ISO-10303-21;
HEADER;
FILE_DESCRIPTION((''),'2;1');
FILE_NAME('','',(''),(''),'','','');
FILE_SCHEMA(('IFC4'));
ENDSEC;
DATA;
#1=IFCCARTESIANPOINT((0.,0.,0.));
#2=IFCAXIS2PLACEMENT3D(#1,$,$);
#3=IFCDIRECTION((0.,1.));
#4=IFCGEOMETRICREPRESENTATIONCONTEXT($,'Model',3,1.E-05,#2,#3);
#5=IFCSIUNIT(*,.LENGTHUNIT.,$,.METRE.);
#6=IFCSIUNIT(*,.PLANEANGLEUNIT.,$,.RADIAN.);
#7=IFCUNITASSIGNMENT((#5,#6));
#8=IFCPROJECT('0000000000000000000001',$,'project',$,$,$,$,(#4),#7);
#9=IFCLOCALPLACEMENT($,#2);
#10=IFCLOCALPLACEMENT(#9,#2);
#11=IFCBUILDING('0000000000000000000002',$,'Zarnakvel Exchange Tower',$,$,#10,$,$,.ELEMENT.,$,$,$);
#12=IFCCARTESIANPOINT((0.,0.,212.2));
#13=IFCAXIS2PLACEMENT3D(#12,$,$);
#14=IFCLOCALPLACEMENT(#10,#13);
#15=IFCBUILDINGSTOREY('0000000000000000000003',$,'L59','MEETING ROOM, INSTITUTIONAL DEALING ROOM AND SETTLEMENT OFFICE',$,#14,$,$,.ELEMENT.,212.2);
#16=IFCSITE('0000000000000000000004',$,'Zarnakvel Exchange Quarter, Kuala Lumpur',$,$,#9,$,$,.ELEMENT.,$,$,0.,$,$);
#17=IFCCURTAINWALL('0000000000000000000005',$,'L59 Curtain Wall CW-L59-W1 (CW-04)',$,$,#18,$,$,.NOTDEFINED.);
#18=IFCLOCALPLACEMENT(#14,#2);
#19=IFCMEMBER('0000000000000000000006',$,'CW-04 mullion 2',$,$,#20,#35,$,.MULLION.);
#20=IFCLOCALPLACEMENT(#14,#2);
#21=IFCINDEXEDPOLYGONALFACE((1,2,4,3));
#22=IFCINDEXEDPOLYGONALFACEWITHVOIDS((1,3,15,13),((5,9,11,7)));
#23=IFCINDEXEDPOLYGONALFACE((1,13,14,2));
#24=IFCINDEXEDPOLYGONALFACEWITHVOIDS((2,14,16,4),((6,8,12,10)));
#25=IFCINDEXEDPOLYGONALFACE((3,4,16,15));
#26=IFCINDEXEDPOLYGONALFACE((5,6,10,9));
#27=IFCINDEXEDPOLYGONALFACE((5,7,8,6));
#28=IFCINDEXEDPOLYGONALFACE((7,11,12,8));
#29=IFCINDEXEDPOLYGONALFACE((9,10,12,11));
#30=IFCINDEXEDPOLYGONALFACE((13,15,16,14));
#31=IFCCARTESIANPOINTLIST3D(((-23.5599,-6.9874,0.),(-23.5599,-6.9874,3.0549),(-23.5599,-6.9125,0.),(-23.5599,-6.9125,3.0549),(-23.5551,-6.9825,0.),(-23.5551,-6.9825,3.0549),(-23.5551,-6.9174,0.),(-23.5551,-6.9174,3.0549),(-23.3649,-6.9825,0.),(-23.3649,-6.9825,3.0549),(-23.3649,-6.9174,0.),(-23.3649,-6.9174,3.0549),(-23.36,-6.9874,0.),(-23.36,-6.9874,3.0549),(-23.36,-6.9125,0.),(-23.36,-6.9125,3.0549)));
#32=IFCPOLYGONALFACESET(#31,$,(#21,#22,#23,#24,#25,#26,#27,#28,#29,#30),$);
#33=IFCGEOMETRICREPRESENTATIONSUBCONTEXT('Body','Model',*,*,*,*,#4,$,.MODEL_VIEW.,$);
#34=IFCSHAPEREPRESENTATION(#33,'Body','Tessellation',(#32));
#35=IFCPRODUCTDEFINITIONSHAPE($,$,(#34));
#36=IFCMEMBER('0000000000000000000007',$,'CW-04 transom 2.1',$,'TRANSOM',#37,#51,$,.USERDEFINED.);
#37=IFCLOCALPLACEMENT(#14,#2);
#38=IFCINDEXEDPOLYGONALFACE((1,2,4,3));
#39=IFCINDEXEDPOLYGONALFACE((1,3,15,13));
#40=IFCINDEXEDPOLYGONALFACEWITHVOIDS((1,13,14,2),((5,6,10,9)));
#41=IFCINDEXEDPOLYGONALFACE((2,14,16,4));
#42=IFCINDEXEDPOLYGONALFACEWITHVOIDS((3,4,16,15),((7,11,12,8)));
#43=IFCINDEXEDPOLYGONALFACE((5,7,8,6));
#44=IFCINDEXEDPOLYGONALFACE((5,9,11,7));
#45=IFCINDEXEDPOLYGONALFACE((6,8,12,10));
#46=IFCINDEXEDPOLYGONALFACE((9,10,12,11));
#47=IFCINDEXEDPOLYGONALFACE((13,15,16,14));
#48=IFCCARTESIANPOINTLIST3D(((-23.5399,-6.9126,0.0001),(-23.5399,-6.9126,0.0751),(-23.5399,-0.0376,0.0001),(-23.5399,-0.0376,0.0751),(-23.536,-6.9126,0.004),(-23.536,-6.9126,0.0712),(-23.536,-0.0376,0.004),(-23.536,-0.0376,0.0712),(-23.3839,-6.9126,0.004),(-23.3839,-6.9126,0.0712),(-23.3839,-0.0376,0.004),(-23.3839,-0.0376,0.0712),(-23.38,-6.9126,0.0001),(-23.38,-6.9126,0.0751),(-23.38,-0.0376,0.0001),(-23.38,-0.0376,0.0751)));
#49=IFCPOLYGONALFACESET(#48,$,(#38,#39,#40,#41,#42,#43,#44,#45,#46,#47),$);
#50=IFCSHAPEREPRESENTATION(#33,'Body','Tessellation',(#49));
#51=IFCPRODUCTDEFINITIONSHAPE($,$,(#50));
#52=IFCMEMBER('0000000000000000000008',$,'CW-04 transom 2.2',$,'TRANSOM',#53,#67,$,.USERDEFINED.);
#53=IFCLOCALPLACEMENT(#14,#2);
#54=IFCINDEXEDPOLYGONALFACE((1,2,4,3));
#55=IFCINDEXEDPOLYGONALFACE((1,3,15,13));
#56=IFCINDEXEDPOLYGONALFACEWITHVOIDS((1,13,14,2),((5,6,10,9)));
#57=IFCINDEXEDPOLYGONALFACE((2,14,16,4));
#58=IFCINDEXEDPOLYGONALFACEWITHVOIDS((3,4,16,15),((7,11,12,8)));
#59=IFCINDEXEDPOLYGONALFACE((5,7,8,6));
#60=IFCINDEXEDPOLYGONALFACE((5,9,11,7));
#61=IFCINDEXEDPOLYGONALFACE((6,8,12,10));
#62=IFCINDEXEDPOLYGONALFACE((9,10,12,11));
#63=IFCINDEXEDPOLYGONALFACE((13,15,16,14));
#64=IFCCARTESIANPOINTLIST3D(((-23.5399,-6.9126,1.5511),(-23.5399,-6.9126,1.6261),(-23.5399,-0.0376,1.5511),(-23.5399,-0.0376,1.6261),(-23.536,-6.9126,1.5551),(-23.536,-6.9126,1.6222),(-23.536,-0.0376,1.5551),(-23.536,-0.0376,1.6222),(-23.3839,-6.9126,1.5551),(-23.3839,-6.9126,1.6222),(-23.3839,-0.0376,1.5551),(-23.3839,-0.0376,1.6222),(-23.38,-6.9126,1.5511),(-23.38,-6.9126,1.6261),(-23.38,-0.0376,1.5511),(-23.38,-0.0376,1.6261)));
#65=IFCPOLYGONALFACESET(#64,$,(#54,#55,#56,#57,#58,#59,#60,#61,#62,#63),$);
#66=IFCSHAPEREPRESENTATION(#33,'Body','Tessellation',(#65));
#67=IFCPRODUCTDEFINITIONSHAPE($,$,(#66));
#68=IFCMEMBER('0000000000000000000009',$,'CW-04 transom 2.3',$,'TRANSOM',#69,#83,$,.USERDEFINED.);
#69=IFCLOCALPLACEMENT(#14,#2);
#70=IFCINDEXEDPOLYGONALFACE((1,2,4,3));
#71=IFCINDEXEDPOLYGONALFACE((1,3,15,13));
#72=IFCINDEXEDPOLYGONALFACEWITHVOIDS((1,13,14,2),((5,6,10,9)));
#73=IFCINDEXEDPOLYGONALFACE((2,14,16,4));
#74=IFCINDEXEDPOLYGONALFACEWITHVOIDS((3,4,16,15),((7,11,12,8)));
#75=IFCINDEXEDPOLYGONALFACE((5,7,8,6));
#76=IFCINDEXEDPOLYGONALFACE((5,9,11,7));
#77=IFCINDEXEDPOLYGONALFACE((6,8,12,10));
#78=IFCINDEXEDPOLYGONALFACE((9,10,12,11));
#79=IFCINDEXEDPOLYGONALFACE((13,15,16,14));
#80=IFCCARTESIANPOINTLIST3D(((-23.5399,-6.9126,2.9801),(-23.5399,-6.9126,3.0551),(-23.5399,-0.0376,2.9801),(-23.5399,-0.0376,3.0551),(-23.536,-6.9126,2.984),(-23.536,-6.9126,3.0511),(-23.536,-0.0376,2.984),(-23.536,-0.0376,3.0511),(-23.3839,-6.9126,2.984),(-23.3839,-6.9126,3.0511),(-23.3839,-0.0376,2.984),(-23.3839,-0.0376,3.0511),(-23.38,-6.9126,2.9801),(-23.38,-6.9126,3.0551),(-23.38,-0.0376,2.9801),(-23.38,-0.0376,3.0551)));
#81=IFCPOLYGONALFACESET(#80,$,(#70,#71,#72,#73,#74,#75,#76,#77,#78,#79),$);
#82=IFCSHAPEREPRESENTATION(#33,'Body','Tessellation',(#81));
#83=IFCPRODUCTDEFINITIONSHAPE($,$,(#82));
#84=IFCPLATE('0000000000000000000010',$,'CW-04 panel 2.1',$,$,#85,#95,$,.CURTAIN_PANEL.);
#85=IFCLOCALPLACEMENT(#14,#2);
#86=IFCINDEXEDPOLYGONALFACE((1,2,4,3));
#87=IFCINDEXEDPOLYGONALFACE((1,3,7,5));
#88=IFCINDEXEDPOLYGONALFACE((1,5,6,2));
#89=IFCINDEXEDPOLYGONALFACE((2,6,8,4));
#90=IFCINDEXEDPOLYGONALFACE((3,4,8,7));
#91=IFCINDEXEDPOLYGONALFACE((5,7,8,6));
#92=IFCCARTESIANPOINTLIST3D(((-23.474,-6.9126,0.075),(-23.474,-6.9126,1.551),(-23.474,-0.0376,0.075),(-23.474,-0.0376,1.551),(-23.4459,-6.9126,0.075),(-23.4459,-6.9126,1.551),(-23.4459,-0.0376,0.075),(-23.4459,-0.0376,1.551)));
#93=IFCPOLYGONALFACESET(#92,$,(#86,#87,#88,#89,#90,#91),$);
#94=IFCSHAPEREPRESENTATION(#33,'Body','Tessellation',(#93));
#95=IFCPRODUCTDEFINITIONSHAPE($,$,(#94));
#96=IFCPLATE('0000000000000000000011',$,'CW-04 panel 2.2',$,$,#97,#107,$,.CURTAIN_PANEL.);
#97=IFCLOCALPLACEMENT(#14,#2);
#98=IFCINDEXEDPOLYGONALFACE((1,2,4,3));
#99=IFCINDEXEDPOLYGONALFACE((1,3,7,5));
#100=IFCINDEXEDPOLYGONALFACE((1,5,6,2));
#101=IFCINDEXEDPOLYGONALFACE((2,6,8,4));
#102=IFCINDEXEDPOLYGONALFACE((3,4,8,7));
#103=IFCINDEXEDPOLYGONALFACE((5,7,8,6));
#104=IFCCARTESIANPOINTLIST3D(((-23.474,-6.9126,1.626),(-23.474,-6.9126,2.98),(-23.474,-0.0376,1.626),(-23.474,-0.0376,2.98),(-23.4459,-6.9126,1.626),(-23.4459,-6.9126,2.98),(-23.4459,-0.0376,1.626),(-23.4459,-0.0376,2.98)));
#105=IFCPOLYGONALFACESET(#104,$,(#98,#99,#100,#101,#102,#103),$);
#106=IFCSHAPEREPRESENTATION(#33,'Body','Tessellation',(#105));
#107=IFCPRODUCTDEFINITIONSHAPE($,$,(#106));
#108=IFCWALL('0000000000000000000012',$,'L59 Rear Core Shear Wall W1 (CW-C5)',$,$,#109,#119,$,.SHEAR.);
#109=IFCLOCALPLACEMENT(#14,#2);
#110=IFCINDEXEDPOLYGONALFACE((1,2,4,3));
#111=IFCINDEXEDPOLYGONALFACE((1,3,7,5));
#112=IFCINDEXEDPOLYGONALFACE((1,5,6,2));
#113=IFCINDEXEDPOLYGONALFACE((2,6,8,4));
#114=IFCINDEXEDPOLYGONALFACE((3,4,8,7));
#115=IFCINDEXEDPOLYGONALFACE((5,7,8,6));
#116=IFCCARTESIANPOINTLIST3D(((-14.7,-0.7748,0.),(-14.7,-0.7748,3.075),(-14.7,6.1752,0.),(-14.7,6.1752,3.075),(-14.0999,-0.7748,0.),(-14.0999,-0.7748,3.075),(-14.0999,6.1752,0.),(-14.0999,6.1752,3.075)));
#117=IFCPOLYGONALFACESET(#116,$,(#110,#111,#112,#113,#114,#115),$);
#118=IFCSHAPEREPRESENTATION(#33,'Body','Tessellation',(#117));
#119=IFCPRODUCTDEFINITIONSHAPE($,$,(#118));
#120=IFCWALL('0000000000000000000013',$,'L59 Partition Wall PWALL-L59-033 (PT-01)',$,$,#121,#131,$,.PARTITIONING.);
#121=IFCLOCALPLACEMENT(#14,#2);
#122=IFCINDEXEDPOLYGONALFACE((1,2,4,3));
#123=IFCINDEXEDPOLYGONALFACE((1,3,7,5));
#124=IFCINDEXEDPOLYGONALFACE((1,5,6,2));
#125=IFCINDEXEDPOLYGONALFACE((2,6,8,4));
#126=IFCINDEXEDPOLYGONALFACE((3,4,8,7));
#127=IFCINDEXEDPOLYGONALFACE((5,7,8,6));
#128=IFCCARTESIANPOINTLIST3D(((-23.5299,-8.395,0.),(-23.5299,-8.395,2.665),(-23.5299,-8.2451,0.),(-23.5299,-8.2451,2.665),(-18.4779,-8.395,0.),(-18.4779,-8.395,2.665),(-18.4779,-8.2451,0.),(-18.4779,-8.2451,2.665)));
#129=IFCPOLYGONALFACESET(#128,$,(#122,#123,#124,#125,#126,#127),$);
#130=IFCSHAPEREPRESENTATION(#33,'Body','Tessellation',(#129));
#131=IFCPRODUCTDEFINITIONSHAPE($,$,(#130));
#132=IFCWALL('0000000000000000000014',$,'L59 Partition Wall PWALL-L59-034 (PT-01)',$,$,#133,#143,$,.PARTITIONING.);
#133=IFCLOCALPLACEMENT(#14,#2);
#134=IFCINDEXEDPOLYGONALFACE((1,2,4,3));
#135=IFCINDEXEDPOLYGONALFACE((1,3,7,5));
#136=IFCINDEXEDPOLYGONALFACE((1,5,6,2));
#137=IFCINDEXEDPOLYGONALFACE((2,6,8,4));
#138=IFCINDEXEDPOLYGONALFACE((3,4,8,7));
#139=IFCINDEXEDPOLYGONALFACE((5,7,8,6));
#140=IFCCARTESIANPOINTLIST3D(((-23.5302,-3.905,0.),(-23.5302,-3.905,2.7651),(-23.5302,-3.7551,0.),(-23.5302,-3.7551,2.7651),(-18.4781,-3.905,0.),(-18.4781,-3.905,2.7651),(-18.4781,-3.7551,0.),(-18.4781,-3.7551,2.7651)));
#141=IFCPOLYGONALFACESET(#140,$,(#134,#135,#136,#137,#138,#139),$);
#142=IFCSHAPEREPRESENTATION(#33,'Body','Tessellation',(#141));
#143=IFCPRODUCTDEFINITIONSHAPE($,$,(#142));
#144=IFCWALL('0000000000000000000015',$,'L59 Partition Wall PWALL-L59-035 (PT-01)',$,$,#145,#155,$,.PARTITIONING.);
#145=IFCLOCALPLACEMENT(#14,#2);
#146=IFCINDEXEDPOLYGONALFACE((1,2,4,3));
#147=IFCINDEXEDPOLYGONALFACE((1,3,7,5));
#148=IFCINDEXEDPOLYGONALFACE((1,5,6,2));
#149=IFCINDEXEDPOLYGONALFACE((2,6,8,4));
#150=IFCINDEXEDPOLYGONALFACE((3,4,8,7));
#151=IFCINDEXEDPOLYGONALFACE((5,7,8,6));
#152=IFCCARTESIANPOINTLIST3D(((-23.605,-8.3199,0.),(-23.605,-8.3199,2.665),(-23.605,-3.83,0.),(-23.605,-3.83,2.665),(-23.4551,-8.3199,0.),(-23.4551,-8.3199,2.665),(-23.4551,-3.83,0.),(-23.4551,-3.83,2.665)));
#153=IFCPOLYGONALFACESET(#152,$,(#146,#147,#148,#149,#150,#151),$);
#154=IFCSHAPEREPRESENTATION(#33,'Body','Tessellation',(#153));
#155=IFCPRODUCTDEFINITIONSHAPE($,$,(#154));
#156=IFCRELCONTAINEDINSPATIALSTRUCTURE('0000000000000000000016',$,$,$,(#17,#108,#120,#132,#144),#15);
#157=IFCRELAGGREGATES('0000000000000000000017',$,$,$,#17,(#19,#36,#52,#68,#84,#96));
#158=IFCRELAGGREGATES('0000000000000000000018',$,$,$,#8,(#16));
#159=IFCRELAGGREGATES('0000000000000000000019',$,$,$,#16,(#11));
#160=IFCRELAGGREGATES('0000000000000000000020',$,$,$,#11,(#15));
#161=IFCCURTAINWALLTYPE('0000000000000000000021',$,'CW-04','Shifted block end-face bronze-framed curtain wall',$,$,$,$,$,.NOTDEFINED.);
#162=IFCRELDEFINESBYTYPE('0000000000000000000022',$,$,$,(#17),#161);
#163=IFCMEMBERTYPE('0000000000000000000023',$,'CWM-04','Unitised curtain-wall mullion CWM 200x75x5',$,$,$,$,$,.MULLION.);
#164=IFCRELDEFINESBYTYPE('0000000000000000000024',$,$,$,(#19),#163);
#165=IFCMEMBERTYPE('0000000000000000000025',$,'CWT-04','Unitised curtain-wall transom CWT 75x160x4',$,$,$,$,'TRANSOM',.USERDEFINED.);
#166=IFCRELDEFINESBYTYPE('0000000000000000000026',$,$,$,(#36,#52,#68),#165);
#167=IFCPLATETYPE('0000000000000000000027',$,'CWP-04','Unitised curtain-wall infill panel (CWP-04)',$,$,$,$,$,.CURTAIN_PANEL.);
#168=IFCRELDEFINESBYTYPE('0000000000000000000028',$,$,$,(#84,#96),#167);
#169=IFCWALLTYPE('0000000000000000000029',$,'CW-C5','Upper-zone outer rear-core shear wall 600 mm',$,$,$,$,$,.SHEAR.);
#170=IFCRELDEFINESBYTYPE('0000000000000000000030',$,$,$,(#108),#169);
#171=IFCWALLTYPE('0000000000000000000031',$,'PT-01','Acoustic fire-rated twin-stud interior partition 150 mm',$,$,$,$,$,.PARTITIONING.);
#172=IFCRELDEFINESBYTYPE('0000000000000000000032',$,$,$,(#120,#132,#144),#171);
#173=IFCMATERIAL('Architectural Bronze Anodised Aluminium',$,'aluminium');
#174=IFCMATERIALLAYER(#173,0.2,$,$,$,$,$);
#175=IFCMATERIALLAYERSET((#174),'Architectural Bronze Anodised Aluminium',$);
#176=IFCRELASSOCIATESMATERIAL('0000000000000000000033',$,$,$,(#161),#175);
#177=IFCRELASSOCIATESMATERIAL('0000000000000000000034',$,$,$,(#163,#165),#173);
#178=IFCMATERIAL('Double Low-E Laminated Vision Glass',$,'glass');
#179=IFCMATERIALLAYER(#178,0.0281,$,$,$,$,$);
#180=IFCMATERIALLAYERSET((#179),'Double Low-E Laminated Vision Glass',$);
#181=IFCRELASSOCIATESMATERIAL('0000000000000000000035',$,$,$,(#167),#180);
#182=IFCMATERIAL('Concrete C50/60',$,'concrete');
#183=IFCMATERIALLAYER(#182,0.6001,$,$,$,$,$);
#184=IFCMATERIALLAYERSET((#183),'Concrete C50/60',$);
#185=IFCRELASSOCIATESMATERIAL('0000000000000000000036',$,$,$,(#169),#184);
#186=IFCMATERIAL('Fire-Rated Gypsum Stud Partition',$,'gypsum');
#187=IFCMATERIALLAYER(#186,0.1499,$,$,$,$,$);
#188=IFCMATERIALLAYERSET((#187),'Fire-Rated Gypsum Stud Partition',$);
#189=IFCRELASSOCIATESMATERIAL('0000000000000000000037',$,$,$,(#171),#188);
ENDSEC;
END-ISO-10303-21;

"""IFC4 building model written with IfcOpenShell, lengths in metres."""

from ifc_helpers import new_model, si_unit, direction, frame, frame_2d, origin, origin_2d, place, context, subcontext, project, spatial, rectangle, hollow_rectangle, extrude, source, transform, mapped, material, layer, layer_set, material_profile, profile_set, type_object, element, aggregate, save


model = new_model("IFC4")

# Units and contexts
model_context = context("Model", 3, precision=1e-05, world=origin(), true_north=direction((0.0, 1.0)))
body_context = subcontext(model_context, "Body", "Model", "MODEL_VIEW")
ifc_project = project(units=[si_unit("LENGTHUNIT", "METRE"), si_unit("PLANEANGLEUNIT", "RADIAN")], contexts=[model_context])

# Site, building, storey
site_placement = place(None, origin())
site = spatial("IfcSite", under=ifc_project, at=site_placement, Name="Zarnakvel Exchange Quarter, Kuala Lumpur", CompositionType="ELEMENT", RefElevation=0.0)
building_placement = place(site_placement, origin())
building = spatial("IfcBuilding", under=site, at=building_placement, Name="Zarnakvel Exchange Tower", CompositionType="ELEMENT")
storey_placement = place(building_placement, frame((0.0, 0.0, 212.2)))
storey = spatial("IfcBuildingStorey", under=building, at=storey_placement, Name="L59", Description="MEETING ROOM, INSTITUTIONAL DEALING ROOM AND SETTLEMENT OFFICE", CompositionType="ELEMENT", Elevation=212.2)

# Shared definitions
ifc_material_1 = material(Name="Concrete C50/60", Category="concrete")

# Curtain wall, members, plates
ifc_material_2 = material(Name="Architectural Bronze Anodised Aluminium", Category="aluminium")
ifc_layer_1 = layer(ifc_material_2, 0.2)
ifc_layer_set_1 = layer_set([ifc_layer_1], Name="Architectural Bronze Anodised Aluminium")
curtain_wall_type = type_object("IfcCurtainWallType", Name="CW-04", Description="Shifted block end-face bronze-framed curtain wall", PredefinedType="NOTDEFINED", material=ifc_layer_set_1)
curtain_wall_placement = place(storey_placement, origin())
curtain_wall = element("IfcCurtainWall", 1, at=curtain_wall_placement, inside=storey, type_object=curtain_wall_type, Name="L59 Curtain Wall CW-L59-W1 (CW-04)", PredefinedType="NOTDEFINED")
ifc_material_profile_1 = material_profile(ifc_material_2, hollow_rectangle(XDim=0.2, YDim=0.075, WallThickness=0.0049, at=origin_2d()))
ifc_profile_set_1 = profile_set([ifc_material_profile_1], Name="Architectural Bronze Anodised Aluminium")
member_type_1 = type_object("IfcMemberType", Name="CWM-04", Description="Unitised curtain-wall mullion CWM 200x75x5", PredefinedType="MULLION", material=ifc_profile_set_1)
shared_shape_1 = source(origin(), body_context, "Body", "SweptSolid", [
    extrude(hollow_rectangle(XDim=0.2, YDim=0.075, WallThickness=0.0049, at=origin_2d()), origin(), (0.0, 0.0, 1.0), 3.0549),
])
member_1_placement = place(storey_placement, frame((-23.46, -6.95, 0.0), z_axis=(0.0, 0.0, 1.0), x_axis=(-1.0, 0.0, 0.0)))
member_1 = element("IfcMember", 2, at=member_1_placement, type_object=member_type_1, Name="CW-04 mullion 2", PredefinedType="MULLION", context=body_context, shape_type="MappedRepresentation", body=[
    mapped(shared_shape_1, transform((0.0, 0.0, 0.0), x_axis=(1.0, 0.0, 0.0), y_axis=(0.0, 1.0, 0.0), z_axis=(0.0, 0.0, 1.0), scale=1.0)),
])
ifc_material_profile_2 = material_profile(ifc_material_2, hollow_rectangle(XDim=0.1599, YDim=0.075, WallThickness=0.0039, at=origin_2d()))
ifc_profile_set_2 = profile_set([ifc_material_profile_2], Name="Architectural Bronze Anodised Aluminium")
member_type_2 = type_object("IfcMemberType", Name="CWT-04", Description="Unitised curtain-wall transom CWT 75x160x4", ElementType="TRANSOM", PredefinedType="USERDEFINED", material=ifc_profile_set_2)
shared_shape_2 = source(origin(), body_context, "Body", "SweptSolid", [
    extrude(hollow_rectangle(XDim=0.1599, YDim=0.075, WallThickness=0.0039, at=origin_2d()), origin(), (0.0, 0.0, 1.0), 6.875),
])
member_2_placement = place(storey_placement, frame((-23.46, -6.9126, 0.0376), z_axis=(0.0, 1.0, 0.0), x_axis=(-1.0, 0.0, 0.0)))
member_2 = element("IfcMember", 3, at=member_2_placement, type_object=member_type_2, Name="CW-04 transom 2.1", ObjectType="TRANSOM", PredefinedType="USERDEFINED", context=body_context, shape_type="MappedRepresentation", body=[
    mapped(shared_shape_2, transform((0.0, 0.0, 0.0), x_axis=(1.0, 0.0, 0.0), y_axis=(0.0, 1.0, 0.0), z_axis=(0.0, 0.0, 1.0), scale=1.0)),
])
member_3_placement = place(storey_placement, frame((-23.46, -6.9126, 1.5886), z_axis=(0.0, 1.0, 0.0), x_axis=(-1.0, 0.0, 0.0)))
member_3 = element("IfcMember", 4, at=member_3_placement, type_object=member_type_2, Name="CW-04 transom 2.2", ObjectType="TRANSOM", PredefinedType="USERDEFINED", context=body_context, shape_type="MappedRepresentation", body=[
    mapped(shared_shape_2, transform((0.0, 0.0, 0.0), x_axis=(1.0, 0.0, 0.0), y_axis=(0.0, 1.0, 0.0), z_axis=(0.0, 0.0, 1.0), scale=1.0)),
])
member_4_placement = place(storey_placement, frame((-23.46, -6.9126, 3.0176), z_axis=(0.0, 1.0, 0.0), x_axis=(-1.0, 0.0, 0.0)))
member_4 = element("IfcMember", 5, at=member_4_placement, type_object=member_type_2, Name="CW-04 transom 2.3", ObjectType="TRANSOM", PredefinedType="USERDEFINED", context=body_context, shape_type="MappedRepresentation", body=[
    mapped(shared_shape_2, transform((0.0, 0.0, 0.0), x_axis=(1.0, 0.0, 0.0), y_axis=(0.0, 1.0, 0.0), z_axis=(0.0, 0.0, 1.0), scale=1.0)),
])
ifc_material_3 = material(Name="Double Low-E Laminated Vision Glass", Category="glass")
ifc_layer_2 = layer(ifc_material_3, 0.0281)
ifc_layer_set_2 = layer_set([ifc_layer_2], Name="Double Low-E Laminated Vision Glass")
plate_type = type_object("IfcPlateType", Name="CWP-04", Description="Unitised curtain-wall infill panel (CWP-04)", PredefinedType="CURTAIN_PANEL", material=ifc_layer_set_2)
shared_shape_3 = source(origin(), body_context, "Body", "SweptSolid", [
    extrude(rectangle(XDim=6.875, YDim=0.0281, at=origin_2d()), origin(), (0.0, 0.0, 1.0), 1.4761),
])
plate_1_placement = place(storey_placement, frame((-23.46, -3.4751, 0.075), z_axis=(0.0, 0.0, 1.0), x_axis=(0.0, 1.0, 0.0)))
plate_1 = element("IfcPlate", 6, at=plate_1_placement, type_object=plate_type, Name="CW-04 panel 2.1", PredefinedType="CURTAIN_PANEL", context=body_context, shape_type="MappedRepresentation", body=[
    mapped(shared_shape_3, transform((0.0, 0.0, 0.0), x_axis=(1.0, 0.0, 0.0), y_axis=(0.0, 1.0, 0.0), z_axis=(0.0, 0.0, 1.0), scale=1.0)),
])
shared_shape_4 = source(origin(), body_context, "Body", "SweptSolid", [
    extrude(rectangle(XDim=6.875, YDim=0.0281, at=origin_2d()), origin(), (0.0, 0.0, 1.0), 1.354),
])
plate_2_placement = place(storey_placement, frame((-23.46, -3.4751, 1.626), z_axis=(0.0, 0.0, 1.0), x_axis=(0.0, 1.0, 0.0)))
plate_2 = element("IfcPlate", 7, at=plate_2_placement, type_object=plate_type, Name="CW-04 panel 2.2", PredefinedType="CURTAIN_PANEL", context=body_context, shape_type="MappedRepresentation", body=[
    mapped(shared_shape_4, transform((0.0, 0.0, 0.0), x_axis=(1.0, 0.0, 0.0), y_axis=(0.0, 1.0, 0.0), z_axis=(0.0, 0.0, 1.0), scale=1.0)),
])
aggregate(curtain_wall, [member_1, member_2, member_3, member_4, plate_1, plate_2])

# Walls
ifc_layer_3 = layer(ifc_material_1, 0.6001)
ifc_layer_set_3 = layer_set([ifc_layer_3], Name="Concrete C50/60")
wall_type_1 = type_object("IfcWallType", Name="CW-C5", Description="Upper-zone outer rear-core shear wall 600 mm", PredefinedType="SHEAR", material=ifc_layer_set_3)
wall_1_placement = place(storey_placement, frame((-14.3999, -0.7749, 0.0), z_axis=(0.0, 0.0, 1.0), x_axis=(0.0, 1.0, 0.0)))
element("IfcWall", 8, at=wall_1_placement, inside=storey, type_object=wall_type_1, Name="L59 Rear Core Shear Wall W1 (CW-C5)", PredefinedType="SHEAR", context=body_context, shape_type="SweptSolid", body=[
    extrude(rectangle(XDim=6.95, YDim=0.6001, at=frame_2d((3.4751, 0.0))), origin(), (0.0, 0.0, 1.0), 3.075),
])
ifc_material_4 = material(Name="Fire-Rated Gypsum Stud Partition", Category="gypsum")
ifc_layer_4 = layer(ifc_material_4, 0.1499)
ifc_layer_set_4 = layer_set([ifc_layer_4], Name="Fire-Rated Gypsum Stud Partition")
wall_type_2 = type_object("IfcWallType", Name="PT-01", Description="Acoustic fire-rated twin-stud interior partition 150 mm", PredefinedType="PARTITIONING", material=ifc_layer_set_4)
wall_2_placement = place(storey_placement, frame((-18.478, -8.3201, 0.0), z_axis=(0.0, 0.0, 1.0), x_axis=(-1.0, 0.0, 0.0)))
element("IfcWall", 9, at=wall_2_placement, inside=storey, type_object=wall_type_2, Name="L59 Partition Wall PWALL-L59-033 (PT-01)", PredefinedType="PARTITIONING", context=body_context, shape_type="SweptSolid", body=[
    extrude(rectangle(XDim=5.052, YDim=0.1499, at=frame_2d((2.5259, 0.0))), origin(), (0.0, 0.0, 1.0), 2.665),
])
wall_3_placement = place(storey_placement, frame((-23.53, -3.8301, 0.0), z_axis=(0.0, 0.0, 1.0), x_axis=(1.0, 0.0, 0.0)))
element("IfcWall", 10, at=wall_3_placement, inside=storey, type_object=wall_type_2, Name="L59 Partition Wall PWALL-L59-034 (PT-01)", PredefinedType="PARTITIONING", context=body_context, shape_type="SweptSolid", body=[
    extrude(rectangle(XDim=5.052, YDim=0.1499, at=frame_2d((2.5259, 0.0))), origin(), (0.0, 0.0, 1.0), 2.7651),
])
wall_4_placement = place(storey_placement, frame((-23.53, -8.3201, 0.0), z_axis=(0.0, 0.0, 1.0), x_axis=(0.0, 1.0, 0.0)))
element("IfcWall", 11, at=wall_4_placement, inside=storey, type_object=wall_type_2, Name="L59 Partition Wall PWALL-L59-035 (PT-01)", PredefinedType="PARTITIONING", context=body_context, shape_type="SweptSolid", body=[
    extrude(rectangle(XDim=4.49, YDim=0.1499, at=frame_2d((2.2451, 0.0))), origin(), (0.0, 0.0, 1.0), 2.665),
])

save(model, "model.ifc")
